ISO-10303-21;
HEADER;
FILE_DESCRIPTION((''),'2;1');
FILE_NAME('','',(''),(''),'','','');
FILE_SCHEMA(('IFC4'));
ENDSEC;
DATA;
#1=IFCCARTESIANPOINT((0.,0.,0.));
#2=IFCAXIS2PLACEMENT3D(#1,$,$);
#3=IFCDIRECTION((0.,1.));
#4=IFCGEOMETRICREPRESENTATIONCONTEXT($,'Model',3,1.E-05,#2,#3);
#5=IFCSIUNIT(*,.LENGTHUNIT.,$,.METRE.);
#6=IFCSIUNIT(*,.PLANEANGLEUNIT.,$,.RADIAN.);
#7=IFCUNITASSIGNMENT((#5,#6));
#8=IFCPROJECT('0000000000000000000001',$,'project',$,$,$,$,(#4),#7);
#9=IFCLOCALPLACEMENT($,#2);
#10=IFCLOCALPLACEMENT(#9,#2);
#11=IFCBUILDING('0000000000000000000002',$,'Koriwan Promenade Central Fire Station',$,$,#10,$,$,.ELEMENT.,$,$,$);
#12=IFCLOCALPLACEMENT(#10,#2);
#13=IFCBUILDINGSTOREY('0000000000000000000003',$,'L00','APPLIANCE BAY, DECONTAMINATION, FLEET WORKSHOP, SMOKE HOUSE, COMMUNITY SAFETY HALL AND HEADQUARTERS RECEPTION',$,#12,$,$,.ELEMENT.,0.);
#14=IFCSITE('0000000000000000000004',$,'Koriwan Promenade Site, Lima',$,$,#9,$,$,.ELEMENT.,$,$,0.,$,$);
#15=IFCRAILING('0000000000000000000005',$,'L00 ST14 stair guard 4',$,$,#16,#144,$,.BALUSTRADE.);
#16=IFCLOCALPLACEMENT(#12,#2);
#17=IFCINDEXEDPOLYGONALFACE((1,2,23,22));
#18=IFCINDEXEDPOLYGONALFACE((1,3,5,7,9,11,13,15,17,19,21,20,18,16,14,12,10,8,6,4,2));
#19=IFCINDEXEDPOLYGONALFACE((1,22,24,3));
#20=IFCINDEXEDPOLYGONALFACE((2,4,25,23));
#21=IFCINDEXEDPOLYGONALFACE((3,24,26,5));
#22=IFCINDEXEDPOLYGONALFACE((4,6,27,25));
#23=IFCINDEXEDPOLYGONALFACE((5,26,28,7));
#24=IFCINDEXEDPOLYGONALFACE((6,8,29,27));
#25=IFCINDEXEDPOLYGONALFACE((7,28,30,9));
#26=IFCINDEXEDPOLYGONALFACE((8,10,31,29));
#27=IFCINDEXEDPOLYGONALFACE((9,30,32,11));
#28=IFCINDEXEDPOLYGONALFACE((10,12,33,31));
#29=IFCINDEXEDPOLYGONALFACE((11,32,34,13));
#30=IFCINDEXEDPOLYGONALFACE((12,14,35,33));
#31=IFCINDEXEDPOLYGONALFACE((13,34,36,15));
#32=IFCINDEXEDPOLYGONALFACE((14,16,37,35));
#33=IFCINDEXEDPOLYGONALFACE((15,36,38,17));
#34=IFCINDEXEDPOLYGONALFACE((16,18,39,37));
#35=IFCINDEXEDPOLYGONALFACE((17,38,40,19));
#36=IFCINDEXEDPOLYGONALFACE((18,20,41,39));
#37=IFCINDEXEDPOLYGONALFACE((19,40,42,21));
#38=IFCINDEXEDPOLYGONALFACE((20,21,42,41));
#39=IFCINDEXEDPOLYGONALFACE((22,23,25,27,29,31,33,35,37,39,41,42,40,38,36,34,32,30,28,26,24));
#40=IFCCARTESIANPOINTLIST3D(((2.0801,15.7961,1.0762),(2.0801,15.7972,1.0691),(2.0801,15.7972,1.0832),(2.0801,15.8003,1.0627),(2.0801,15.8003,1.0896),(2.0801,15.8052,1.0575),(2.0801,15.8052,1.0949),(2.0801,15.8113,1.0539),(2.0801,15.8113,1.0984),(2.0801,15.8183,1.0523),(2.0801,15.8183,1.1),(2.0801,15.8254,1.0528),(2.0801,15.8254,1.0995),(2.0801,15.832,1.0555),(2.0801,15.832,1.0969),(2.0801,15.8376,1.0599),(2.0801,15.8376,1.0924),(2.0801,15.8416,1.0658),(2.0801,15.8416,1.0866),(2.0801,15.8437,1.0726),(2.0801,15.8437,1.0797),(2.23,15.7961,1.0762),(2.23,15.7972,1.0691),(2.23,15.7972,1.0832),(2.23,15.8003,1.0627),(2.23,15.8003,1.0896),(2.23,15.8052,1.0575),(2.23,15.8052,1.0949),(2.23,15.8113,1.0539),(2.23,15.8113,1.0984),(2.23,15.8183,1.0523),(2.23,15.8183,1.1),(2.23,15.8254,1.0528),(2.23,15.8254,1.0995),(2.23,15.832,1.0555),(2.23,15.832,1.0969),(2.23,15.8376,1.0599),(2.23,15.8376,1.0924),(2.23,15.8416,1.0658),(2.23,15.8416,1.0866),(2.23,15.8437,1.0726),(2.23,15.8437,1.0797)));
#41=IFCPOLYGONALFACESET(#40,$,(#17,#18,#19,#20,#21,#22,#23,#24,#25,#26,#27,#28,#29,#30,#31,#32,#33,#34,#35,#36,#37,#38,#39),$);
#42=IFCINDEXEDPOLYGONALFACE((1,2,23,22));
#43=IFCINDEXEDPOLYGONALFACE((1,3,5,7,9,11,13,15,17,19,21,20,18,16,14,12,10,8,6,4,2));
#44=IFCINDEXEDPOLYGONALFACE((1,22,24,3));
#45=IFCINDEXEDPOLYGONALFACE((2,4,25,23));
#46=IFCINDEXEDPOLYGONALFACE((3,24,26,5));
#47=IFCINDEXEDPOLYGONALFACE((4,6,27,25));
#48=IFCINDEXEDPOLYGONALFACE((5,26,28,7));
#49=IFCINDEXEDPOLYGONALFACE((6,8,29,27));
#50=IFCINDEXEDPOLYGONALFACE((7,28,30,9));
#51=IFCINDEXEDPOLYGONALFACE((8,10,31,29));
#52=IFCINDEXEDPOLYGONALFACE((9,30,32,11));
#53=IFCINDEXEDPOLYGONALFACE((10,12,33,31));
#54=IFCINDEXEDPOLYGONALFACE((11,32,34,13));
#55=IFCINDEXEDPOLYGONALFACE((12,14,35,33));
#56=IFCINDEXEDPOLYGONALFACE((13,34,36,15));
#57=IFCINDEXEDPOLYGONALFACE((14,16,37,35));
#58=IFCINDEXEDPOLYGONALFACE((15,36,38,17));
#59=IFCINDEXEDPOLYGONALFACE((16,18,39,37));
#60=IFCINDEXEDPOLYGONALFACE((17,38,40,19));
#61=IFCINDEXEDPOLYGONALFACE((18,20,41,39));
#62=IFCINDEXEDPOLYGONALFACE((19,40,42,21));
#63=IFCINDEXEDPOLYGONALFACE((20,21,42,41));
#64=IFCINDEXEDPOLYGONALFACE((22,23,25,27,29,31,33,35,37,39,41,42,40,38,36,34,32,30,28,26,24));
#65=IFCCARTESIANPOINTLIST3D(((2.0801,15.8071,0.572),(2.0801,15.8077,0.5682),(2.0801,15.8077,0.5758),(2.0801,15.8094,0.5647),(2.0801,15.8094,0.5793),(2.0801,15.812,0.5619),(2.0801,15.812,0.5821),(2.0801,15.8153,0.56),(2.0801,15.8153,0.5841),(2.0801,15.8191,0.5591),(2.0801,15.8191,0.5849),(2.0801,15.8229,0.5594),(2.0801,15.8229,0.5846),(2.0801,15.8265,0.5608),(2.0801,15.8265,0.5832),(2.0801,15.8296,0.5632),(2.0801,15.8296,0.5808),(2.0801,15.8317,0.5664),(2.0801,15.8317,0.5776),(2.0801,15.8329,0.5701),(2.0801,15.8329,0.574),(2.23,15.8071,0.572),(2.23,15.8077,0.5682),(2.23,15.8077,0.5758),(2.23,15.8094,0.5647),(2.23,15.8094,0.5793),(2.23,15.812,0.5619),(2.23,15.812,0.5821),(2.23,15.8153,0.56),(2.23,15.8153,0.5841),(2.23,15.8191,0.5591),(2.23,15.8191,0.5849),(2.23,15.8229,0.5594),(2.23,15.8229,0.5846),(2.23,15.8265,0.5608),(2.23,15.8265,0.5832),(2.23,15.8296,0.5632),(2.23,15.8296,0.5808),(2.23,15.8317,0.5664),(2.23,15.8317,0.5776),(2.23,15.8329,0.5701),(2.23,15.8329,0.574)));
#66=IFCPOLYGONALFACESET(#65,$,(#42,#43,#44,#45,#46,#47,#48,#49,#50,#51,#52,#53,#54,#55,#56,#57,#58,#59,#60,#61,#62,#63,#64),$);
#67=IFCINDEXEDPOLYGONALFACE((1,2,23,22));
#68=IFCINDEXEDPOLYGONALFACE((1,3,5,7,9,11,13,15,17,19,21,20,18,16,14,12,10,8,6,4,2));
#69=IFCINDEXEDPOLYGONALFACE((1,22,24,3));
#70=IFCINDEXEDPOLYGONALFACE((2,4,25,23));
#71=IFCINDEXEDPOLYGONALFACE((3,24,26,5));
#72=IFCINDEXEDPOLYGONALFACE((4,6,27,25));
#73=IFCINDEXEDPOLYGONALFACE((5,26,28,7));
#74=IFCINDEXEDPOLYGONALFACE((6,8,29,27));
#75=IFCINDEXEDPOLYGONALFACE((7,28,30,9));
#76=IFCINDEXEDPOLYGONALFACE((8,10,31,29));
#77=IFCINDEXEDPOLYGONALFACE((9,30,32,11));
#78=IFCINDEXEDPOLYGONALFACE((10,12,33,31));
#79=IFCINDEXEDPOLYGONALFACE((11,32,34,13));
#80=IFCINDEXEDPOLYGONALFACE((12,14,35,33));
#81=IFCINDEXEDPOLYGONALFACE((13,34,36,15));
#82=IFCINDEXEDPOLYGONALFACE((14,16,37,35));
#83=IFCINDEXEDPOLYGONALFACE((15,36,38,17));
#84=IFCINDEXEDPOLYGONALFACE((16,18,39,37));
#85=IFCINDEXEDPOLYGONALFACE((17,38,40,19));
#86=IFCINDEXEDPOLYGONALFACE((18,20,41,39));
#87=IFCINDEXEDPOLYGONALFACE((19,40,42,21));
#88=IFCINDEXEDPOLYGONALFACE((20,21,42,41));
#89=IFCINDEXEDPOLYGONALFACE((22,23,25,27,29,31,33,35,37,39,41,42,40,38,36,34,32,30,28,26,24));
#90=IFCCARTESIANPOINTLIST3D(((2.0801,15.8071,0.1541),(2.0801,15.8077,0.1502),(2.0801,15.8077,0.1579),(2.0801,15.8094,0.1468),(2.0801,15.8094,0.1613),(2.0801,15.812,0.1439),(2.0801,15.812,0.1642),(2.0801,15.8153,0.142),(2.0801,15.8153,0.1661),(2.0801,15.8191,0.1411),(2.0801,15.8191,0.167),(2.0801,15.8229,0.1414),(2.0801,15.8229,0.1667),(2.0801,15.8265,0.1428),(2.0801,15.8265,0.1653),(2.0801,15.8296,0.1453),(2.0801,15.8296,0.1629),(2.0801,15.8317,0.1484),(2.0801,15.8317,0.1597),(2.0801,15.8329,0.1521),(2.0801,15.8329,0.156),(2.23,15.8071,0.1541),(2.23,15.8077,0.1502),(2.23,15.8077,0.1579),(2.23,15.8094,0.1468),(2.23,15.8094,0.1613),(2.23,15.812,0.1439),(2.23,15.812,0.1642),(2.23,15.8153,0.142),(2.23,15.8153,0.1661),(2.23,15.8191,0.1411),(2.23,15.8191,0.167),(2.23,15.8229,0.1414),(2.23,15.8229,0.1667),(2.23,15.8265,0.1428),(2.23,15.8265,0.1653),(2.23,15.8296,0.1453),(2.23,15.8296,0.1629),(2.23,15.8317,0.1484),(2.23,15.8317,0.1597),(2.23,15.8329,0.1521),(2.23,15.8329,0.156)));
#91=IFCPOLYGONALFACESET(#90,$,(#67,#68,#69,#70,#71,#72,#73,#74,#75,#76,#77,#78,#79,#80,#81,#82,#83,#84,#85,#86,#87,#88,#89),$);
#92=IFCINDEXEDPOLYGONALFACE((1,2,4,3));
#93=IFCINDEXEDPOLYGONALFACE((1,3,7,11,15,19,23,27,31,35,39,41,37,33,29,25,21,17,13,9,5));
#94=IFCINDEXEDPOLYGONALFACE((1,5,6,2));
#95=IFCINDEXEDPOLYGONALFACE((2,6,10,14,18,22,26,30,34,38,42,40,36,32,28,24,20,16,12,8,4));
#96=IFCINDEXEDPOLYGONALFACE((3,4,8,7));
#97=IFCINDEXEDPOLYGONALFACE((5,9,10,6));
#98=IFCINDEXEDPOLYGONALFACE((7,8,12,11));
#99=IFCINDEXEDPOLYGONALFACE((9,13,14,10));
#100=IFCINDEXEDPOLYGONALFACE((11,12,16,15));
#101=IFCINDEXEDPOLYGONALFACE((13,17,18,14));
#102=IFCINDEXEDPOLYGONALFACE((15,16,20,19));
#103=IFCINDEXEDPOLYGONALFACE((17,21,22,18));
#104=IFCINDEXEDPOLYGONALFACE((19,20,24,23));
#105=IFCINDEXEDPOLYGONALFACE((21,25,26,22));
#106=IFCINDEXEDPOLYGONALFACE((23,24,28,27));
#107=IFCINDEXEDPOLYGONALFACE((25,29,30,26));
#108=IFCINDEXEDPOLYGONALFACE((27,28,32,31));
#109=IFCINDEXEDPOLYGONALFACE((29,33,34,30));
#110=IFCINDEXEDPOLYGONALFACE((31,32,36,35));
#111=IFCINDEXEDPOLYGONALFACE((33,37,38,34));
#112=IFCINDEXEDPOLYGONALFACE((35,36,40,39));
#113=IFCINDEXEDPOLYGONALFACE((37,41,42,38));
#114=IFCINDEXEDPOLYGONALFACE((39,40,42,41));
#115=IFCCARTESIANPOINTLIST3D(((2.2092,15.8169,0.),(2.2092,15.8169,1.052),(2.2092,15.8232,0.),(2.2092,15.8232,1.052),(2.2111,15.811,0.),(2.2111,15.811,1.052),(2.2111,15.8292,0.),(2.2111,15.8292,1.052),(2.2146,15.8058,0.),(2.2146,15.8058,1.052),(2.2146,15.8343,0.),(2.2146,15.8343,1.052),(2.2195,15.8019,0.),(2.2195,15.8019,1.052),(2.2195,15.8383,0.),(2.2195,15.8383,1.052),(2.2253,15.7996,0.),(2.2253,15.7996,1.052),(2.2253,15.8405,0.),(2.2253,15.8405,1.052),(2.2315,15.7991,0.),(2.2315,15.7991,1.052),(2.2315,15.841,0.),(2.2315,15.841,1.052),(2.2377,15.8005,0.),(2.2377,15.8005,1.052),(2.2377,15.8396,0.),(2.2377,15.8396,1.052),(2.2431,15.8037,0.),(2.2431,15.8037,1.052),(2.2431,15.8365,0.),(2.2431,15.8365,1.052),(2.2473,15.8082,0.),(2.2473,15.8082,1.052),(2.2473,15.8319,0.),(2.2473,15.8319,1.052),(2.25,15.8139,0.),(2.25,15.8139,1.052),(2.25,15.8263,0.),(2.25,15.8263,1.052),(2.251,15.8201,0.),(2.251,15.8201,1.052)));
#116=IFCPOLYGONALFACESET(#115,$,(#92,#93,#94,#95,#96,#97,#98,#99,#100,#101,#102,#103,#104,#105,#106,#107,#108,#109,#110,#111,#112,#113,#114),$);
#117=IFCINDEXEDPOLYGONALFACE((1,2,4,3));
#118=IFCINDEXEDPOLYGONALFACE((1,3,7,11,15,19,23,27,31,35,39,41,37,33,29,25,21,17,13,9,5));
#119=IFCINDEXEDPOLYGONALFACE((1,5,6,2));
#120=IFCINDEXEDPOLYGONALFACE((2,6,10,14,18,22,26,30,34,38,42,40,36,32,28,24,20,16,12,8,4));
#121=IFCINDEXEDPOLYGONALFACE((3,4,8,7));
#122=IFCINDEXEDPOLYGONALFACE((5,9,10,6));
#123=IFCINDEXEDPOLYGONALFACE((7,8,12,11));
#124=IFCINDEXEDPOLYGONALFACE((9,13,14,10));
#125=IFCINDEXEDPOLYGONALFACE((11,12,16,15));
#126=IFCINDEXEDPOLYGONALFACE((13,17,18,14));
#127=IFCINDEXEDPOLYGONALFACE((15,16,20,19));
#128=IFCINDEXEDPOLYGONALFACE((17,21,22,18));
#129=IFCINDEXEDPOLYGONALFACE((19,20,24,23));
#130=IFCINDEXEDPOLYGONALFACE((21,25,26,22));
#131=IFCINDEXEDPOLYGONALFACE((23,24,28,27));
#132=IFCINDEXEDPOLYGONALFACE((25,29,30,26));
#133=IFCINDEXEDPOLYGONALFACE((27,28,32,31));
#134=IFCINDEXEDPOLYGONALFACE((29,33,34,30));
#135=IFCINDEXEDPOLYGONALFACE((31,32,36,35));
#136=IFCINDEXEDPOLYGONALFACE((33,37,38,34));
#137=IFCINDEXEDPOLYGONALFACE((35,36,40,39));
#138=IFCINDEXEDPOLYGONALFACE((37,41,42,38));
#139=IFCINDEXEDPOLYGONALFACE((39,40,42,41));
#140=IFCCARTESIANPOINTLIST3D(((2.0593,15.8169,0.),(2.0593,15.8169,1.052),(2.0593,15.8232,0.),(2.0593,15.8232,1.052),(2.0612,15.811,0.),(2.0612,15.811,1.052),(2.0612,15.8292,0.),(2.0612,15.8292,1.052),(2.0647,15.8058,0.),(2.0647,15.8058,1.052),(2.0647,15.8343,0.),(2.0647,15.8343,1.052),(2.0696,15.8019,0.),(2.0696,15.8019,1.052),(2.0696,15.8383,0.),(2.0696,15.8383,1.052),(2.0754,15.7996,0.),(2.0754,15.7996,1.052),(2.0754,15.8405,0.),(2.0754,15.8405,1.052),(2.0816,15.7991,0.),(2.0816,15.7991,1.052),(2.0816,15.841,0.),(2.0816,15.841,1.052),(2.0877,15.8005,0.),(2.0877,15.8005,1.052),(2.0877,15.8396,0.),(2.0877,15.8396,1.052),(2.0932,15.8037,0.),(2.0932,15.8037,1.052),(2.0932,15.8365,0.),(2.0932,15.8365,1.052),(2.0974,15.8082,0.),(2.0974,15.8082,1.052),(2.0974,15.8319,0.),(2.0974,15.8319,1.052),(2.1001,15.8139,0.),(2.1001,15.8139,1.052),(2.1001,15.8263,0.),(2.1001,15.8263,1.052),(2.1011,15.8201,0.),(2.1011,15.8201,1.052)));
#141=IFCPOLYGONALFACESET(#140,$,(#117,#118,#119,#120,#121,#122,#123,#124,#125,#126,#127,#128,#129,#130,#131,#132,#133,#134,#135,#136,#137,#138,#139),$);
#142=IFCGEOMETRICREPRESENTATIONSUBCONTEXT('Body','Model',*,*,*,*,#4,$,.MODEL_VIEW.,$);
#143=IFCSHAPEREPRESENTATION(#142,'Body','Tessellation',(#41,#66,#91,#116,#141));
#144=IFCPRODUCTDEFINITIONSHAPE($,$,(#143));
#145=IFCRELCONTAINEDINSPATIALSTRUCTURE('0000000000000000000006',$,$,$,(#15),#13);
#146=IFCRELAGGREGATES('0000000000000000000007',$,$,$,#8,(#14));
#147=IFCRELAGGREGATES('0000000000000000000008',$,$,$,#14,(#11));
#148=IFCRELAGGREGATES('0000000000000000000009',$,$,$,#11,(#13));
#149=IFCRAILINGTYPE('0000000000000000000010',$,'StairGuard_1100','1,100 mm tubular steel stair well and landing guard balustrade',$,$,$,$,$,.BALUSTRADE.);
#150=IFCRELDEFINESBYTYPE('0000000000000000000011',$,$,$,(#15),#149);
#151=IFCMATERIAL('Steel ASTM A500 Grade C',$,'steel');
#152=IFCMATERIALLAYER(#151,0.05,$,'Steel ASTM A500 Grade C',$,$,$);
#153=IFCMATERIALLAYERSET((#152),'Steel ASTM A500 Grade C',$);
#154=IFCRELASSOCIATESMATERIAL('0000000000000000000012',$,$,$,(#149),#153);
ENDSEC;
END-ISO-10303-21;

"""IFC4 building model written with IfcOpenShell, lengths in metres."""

from ifc_helpers import new_model, si_unit, direction, frame, origin, origin_2d, place, context, subcontext, project, spatial, circle, extrude, material, layer, layer_set, type_object, element, save


model = new_model("IFC4")

# Units and contexts
model_context = context("Model", 3, precision=1e-05, world=origin(), true_north=direction((0.0, 1.0)))
body_context = subcontext(model_context, "Body", "Model", "MODEL_VIEW")
ifc_project = project(units=[si_unit("LENGTHUNIT", "METRE"), si_unit("PLANEANGLEUNIT", "RADIAN")], contexts=[model_context])

# Site, building, storey
site_placement = place(None, origin())
site = spatial("IfcSite", under=ifc_project, at=site_placement, Name="Koriwan Promenade Site, Lima", CompositionType="ELEMENT", RefElevation=0.0)
building_placement = place(site_placement, origin())
building = spatial("IfcBuilding", under=site, at=building_placement, Name="Koriwan Promenade Central Fire Station", CompositionType="ELEMENT")
storey_placement = place(building_placement, origin())
storey = spatial("IfcBuildingStorey", under=building, at=storey_placement, Name="L00", Description="APPLIANCE BAY, DECONTAMINATION, FLEET WORKSHOP, SMOKE HOUSE, COMMUNITY SAFETY HALL AND HEADQUARTERS RECEPTION", CompositionType="ELEMENT", Elevation=0.0)

# Railing
ifc_material_1 = material(Name="Steel ASTM A500 Grade C", Category="steel")
ifc_layer_1 = layer(ifc_material_1, 0.05, Name="Steel ASTM A500 Grade C")
ifc_layer_set_1 = layer_set([ifc_layer_1], Name="Steel ASTM A500 Grade C")
railing_type_1 = type_object("IfcRailingType", Name="StairGuard_1100", Description="1,100 mm tubular steel stair well and landing guard balustrade", PredefinedType="BALUSTRADE", material=ifc_layer_set_1)
railing_1_placement = place(storey_placement, frame((2.23, 15.8201, 0.0)))
element("IfcRailing", 1, at=railing_1_placement, inside=storey, type_object=railing_type_1, Name="L00 ST14 stair guard 4", PredefinedType="BALUSTRADE", context=body_context, shape_type="SweptSolid", body=[
    extrude(circle(Radius=0.0239, at=origin_2d()), frame((0.0, 0.0, 1.0762), z_axis=(-1.0, 0.0, 0.0), x_axis=(0.0, -1.0, 0.0)), (0.0, 0.0, 1.0), 0.1499),
    extrude(circle(Radius=0.0129, at=origin_2d()), frame((0.0, 0.0, 0.572), z_axis=(-1.0, 0.0, 0.0), x_axis=(0.0, -1.0, 0.0)), (0.0, 0.0, 1.0), 0.1499),
    extrude(circle(Radius=0.0129, at=origin_2d()), frame((0.0, 0.0, 0.1541), z_axis=(-1.0, 0.0, 0.0), x_axis=(0.0, -1.0, 0.0)), (0.0, 0.0, 1.0), 0.1499),
    extrude(circle(Radius=0.021, at=origin_2d()), origin(), (0.0, 0.0, 1.0), 1.052),
    extrude(circle(Radius=0.021, at=origin_2d()), frame((-0.1499, 0.0, 0.0)), (0.0, 0.0, 1.0), 1.052),
])

save(model, "model.ifc")
